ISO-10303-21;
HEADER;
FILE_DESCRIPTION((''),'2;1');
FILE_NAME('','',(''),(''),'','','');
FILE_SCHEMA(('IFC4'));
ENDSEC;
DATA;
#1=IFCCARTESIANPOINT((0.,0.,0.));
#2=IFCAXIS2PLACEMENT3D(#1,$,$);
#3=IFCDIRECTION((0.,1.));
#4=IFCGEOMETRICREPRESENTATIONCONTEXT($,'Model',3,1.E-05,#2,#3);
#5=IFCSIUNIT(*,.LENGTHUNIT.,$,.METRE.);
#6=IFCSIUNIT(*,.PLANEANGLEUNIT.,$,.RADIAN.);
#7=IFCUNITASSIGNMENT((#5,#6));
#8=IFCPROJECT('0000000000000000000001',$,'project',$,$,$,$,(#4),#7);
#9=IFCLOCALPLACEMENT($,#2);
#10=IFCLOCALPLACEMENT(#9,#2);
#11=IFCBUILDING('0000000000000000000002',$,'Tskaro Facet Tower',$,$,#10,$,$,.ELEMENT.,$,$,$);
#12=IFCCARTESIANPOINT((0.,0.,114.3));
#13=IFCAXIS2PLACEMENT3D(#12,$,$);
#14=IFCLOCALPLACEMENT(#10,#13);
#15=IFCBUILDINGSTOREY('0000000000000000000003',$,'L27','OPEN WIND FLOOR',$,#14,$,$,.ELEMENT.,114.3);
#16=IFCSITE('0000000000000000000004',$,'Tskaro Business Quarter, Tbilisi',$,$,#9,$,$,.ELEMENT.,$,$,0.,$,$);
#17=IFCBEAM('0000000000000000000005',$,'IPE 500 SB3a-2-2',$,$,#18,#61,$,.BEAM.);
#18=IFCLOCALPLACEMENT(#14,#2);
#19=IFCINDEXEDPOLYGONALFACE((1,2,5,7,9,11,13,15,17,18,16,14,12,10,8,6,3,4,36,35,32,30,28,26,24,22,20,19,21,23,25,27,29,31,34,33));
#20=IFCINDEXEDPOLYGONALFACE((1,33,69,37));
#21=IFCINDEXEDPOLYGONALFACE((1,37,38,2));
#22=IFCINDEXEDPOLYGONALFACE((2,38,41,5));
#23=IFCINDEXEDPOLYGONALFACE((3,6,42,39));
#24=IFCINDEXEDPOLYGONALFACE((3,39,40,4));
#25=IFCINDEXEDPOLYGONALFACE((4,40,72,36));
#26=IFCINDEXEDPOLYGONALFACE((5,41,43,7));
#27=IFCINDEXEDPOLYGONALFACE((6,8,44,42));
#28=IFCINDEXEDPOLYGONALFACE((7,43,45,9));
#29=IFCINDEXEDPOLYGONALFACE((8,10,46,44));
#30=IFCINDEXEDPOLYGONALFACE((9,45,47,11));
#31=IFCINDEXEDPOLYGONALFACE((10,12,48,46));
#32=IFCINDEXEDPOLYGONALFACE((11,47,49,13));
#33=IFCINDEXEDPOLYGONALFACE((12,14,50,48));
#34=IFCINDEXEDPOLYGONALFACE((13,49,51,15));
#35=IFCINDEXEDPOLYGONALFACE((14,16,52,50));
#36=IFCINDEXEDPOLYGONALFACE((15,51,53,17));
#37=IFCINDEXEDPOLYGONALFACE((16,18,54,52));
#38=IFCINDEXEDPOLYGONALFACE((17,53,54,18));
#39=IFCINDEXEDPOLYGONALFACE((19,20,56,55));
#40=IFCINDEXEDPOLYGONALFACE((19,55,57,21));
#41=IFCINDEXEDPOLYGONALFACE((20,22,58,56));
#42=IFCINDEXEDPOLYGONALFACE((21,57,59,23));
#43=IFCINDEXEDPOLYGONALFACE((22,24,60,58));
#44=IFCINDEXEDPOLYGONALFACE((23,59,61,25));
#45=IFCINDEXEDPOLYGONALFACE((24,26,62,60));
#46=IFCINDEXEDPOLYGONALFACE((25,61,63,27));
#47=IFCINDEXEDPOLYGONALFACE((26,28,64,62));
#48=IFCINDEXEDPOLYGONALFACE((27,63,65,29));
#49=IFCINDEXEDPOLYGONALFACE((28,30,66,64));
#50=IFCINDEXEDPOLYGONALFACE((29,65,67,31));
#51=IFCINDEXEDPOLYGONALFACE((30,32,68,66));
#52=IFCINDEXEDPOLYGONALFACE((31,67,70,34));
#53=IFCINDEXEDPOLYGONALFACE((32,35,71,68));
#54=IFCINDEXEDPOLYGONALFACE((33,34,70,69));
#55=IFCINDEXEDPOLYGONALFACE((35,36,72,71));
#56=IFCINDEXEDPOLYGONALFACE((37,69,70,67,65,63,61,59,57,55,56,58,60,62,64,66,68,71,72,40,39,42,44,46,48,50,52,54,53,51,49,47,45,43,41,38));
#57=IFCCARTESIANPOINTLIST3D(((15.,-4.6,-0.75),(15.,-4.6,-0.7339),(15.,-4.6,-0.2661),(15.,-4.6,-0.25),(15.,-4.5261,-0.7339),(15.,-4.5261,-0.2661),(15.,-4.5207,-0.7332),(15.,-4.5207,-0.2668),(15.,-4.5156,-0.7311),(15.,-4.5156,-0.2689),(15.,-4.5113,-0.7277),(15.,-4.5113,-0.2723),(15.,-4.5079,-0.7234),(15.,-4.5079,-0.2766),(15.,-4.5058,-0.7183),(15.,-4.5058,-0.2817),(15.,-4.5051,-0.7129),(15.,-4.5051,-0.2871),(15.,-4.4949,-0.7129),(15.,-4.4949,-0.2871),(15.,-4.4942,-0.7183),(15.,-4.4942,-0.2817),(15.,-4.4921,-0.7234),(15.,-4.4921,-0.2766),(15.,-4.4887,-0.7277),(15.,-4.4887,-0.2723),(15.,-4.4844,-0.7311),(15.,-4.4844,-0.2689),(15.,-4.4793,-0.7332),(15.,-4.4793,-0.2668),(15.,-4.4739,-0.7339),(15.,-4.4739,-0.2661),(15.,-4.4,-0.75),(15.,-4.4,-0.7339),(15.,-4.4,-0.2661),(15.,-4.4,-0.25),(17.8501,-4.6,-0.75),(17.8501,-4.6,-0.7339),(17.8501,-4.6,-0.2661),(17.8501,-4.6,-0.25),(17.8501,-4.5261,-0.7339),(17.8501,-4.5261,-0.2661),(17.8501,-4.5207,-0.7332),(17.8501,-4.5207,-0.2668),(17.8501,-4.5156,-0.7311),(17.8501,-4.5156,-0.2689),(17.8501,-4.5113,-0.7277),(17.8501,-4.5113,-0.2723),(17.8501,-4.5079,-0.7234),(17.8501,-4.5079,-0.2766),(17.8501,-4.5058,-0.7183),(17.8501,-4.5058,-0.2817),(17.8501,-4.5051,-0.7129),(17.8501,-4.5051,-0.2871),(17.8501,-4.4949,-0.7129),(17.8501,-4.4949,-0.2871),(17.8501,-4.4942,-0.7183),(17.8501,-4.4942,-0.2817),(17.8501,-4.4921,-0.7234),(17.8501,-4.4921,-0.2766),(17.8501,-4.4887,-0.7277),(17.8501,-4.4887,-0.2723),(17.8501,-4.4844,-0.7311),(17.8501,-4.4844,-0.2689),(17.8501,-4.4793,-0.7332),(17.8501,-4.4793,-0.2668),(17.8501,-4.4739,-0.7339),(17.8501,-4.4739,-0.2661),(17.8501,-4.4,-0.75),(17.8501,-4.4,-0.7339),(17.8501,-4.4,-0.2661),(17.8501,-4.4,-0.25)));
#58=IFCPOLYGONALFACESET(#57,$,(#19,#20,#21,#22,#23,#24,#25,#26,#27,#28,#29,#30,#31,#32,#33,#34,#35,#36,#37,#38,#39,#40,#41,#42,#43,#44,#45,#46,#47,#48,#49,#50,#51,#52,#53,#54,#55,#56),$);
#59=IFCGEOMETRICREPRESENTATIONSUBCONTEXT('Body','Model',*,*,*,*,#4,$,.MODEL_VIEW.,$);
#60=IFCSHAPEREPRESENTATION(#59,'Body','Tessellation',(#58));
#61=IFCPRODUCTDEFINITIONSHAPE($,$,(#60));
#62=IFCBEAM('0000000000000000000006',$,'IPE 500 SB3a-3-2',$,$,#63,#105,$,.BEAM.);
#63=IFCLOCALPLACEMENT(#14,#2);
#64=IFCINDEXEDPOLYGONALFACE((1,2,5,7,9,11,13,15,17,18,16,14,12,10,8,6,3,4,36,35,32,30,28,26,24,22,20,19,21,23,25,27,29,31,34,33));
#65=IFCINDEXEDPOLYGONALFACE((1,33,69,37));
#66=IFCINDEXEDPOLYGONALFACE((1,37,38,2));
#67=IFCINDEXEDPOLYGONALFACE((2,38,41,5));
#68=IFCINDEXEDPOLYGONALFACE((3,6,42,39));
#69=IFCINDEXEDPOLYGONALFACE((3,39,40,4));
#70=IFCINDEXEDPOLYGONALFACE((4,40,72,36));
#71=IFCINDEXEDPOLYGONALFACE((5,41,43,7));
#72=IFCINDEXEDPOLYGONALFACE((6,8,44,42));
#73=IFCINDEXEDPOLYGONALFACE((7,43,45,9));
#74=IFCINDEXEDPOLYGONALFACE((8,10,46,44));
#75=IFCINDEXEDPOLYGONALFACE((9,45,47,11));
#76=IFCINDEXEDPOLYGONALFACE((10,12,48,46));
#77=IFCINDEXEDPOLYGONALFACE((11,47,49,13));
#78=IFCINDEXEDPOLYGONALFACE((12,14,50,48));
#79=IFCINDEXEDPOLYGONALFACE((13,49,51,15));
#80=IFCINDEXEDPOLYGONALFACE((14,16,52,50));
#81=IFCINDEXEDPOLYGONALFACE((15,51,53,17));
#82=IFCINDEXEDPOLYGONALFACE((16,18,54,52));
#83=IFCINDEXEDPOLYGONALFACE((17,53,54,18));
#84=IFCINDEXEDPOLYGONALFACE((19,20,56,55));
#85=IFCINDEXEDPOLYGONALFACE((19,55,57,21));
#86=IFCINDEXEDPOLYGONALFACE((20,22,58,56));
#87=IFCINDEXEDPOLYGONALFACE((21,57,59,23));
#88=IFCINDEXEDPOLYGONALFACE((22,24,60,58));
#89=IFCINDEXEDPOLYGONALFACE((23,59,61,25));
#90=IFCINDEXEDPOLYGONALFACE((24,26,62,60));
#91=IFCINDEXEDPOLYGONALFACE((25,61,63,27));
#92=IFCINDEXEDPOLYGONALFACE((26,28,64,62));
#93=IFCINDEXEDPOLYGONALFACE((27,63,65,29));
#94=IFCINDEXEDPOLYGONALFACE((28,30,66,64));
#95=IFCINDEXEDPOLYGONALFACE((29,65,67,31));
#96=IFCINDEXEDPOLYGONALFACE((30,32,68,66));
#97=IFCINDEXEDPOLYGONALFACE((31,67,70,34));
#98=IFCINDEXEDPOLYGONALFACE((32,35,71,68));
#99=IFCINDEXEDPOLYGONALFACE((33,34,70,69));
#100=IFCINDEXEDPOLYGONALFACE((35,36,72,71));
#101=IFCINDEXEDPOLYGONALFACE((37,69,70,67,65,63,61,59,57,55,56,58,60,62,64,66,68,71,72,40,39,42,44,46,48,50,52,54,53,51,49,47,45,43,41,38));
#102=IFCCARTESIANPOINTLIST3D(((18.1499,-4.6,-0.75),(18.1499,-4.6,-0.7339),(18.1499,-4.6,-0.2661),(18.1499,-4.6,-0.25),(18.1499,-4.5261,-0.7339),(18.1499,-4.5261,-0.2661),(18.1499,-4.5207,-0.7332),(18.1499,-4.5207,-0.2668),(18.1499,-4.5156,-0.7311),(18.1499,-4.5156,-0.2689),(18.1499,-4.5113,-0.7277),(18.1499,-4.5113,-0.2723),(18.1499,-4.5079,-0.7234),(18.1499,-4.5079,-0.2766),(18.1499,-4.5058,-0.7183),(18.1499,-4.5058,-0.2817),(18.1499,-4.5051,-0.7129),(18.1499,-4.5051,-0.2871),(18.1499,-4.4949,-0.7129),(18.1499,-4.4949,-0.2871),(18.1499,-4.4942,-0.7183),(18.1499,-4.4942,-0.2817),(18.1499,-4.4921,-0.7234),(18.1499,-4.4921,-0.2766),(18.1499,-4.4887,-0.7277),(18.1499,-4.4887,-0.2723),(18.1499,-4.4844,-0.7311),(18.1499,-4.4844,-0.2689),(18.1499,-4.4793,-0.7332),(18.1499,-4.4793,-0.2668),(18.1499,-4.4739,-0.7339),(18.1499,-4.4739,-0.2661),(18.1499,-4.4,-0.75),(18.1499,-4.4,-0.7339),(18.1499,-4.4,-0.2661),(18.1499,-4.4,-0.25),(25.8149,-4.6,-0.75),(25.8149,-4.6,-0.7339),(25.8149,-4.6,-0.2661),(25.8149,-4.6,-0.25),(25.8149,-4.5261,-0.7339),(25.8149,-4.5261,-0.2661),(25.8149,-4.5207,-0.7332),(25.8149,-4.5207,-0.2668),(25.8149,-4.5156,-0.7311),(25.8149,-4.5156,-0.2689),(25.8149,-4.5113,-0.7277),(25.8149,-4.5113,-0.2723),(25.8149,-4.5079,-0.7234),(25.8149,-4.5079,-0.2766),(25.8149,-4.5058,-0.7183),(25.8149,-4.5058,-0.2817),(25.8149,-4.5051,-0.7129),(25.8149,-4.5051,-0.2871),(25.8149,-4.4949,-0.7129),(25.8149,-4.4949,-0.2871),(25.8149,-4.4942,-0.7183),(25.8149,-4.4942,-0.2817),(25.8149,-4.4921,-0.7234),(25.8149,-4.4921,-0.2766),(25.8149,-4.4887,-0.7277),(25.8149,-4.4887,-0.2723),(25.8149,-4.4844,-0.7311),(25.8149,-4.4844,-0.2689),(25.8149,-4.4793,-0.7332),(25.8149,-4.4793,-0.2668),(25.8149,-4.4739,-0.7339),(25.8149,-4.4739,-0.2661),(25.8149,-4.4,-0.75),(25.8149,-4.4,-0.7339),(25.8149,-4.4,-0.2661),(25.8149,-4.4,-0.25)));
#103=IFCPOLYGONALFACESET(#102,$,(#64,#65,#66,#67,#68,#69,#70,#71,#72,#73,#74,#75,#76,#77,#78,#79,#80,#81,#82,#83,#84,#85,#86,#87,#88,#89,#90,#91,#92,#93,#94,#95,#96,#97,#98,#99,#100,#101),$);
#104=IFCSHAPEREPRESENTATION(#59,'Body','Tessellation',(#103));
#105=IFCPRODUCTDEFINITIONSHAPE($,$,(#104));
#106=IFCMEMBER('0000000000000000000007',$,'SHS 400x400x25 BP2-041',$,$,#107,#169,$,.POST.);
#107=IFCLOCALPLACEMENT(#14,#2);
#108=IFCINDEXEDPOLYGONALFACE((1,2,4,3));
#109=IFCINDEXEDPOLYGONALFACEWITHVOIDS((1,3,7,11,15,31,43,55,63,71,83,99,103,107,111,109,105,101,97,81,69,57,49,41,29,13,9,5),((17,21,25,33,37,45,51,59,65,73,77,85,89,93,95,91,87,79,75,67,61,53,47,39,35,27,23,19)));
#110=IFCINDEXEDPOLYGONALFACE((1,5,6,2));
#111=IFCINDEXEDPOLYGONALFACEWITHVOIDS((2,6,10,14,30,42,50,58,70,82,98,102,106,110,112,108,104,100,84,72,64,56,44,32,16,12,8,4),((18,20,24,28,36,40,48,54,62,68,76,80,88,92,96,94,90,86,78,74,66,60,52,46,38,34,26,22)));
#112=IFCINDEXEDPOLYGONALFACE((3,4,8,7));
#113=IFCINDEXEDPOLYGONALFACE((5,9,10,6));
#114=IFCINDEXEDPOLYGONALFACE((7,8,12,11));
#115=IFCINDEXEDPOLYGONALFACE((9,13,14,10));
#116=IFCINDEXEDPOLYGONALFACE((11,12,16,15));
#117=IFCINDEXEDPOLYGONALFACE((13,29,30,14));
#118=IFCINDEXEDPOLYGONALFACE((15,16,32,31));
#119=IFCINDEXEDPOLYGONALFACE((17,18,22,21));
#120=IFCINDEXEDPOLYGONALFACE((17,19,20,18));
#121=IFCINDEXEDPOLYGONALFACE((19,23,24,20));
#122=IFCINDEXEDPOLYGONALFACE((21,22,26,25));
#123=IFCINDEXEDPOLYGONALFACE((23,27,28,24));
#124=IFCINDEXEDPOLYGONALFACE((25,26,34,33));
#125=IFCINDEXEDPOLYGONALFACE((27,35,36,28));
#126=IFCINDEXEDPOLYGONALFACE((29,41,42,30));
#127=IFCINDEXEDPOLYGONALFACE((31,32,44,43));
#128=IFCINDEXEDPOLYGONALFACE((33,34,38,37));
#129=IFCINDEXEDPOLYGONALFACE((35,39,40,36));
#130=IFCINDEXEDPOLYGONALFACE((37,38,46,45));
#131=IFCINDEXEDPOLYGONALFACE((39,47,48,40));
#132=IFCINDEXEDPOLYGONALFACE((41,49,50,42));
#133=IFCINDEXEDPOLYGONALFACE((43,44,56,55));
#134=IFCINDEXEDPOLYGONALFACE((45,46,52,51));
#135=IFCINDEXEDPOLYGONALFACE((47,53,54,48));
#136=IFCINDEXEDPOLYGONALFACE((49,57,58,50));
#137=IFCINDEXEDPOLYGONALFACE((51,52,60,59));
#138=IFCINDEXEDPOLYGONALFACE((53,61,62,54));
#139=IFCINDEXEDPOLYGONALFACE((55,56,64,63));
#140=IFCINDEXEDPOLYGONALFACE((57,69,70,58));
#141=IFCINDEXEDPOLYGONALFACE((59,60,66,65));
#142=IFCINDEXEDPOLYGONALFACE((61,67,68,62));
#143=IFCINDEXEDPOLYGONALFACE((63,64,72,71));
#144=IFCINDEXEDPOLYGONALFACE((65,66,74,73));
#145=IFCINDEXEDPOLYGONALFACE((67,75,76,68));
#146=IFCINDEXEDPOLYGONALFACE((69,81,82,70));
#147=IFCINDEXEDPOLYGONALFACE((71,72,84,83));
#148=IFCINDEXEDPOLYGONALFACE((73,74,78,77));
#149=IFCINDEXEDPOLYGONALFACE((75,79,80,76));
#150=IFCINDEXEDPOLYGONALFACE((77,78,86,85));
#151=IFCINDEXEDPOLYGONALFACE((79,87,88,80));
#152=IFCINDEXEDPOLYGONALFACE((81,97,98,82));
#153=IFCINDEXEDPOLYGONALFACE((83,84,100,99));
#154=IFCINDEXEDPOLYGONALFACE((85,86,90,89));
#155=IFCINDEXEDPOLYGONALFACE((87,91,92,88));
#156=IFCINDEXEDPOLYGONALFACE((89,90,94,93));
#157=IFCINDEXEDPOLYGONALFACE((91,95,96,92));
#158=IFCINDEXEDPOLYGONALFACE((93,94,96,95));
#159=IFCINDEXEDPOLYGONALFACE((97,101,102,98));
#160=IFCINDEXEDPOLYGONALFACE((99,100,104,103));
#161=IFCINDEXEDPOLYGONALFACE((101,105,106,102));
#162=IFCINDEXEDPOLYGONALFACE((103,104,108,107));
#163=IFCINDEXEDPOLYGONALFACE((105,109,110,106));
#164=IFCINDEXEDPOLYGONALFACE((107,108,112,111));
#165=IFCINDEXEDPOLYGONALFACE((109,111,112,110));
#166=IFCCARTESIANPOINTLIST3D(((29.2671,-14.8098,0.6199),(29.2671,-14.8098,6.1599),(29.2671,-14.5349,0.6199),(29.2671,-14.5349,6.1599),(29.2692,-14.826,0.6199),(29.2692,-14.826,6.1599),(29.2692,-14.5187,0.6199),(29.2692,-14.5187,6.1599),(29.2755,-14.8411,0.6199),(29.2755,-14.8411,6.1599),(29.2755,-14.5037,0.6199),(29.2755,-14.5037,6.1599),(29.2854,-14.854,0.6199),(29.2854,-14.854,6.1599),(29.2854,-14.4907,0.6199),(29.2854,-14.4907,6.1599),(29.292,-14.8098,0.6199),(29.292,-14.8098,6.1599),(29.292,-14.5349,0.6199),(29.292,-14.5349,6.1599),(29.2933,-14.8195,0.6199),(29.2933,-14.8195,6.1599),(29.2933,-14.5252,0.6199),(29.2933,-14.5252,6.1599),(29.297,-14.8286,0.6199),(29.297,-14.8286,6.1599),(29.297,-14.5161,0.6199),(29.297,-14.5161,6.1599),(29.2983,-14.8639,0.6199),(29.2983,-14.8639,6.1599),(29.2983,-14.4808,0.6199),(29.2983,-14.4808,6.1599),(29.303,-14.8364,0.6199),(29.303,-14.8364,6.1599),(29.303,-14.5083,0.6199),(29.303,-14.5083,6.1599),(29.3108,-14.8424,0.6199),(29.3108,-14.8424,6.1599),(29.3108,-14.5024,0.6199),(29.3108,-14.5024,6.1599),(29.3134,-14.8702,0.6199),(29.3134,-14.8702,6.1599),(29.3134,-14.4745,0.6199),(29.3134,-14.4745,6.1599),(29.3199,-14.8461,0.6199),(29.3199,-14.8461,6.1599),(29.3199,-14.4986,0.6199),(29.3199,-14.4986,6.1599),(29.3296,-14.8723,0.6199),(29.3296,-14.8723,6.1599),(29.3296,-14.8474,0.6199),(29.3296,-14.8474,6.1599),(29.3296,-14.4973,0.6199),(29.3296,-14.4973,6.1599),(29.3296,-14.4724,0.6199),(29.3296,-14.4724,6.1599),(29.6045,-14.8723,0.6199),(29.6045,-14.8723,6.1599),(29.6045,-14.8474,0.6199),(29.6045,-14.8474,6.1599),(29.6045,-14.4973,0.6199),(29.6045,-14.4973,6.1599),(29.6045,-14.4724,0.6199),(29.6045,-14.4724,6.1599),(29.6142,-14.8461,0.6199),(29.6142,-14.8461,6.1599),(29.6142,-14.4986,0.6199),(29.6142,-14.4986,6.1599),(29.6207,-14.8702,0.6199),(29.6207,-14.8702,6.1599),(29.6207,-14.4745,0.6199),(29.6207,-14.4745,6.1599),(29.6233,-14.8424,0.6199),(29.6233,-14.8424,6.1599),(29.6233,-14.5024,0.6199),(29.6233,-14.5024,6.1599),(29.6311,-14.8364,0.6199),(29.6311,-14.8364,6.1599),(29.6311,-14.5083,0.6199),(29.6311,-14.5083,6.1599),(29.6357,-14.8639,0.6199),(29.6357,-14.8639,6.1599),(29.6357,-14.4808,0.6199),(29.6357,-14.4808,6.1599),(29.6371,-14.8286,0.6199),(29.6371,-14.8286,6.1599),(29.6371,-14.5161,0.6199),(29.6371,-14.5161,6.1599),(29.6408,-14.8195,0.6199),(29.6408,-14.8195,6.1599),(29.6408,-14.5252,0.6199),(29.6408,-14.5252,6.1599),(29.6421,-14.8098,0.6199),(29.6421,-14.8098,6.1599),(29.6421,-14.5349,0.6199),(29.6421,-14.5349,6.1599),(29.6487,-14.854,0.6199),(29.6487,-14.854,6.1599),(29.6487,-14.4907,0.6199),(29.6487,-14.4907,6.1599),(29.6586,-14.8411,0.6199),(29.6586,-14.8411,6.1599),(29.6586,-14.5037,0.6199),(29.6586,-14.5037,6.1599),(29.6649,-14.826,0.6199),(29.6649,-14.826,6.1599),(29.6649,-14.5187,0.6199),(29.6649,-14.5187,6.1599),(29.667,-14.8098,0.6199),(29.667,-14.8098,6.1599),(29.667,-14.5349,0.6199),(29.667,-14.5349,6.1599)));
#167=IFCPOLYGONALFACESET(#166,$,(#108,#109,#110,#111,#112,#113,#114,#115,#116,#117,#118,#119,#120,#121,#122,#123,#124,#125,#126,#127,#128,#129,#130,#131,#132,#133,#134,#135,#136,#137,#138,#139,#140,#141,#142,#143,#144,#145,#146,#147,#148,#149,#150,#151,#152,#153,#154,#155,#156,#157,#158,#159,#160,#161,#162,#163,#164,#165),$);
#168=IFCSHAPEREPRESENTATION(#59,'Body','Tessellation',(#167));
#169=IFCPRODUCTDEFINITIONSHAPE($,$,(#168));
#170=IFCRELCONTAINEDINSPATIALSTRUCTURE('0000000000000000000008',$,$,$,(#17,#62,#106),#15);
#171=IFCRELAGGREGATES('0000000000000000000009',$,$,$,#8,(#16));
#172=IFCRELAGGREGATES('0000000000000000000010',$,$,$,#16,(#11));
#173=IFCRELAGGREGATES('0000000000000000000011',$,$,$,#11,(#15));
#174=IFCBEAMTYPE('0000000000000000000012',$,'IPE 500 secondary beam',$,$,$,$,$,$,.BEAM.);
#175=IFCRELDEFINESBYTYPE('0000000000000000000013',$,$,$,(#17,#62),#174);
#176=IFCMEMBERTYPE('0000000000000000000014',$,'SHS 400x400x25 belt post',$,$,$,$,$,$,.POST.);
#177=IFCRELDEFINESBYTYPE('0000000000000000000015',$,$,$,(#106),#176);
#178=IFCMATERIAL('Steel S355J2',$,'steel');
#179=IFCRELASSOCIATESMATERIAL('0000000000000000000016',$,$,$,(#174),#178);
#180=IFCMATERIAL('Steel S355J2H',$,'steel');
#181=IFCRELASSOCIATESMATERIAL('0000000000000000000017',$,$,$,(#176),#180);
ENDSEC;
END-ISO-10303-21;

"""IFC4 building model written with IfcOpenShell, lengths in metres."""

from ifc_helpers import new_model, si_unit, direction, frame, origin, origin_2d, place, context, subcontext, project, spatial, hollow_rectangle, i_section, extrude, material, material_profile, profile_set, type_object, element, save


model = new_model("IFC4")

# Units and contexts
model_context = context("Model", 3, precision=1e-05, world=origin(), true_north=direction((0.0, 1.0)))
body_context = subcontext(model_context, "Body", "Model", "MODEL_VIEW")
ifc_project = project(units=[si_unit("LENGTHUNIT", "METRE"), si_unit("PLANEANGLEUNIT", "RADIAN")], contexts=[model_context])

# Site, building, storey
site_placement = place(None, origin())
site = spatial("IfcSite", under=ifc_project, at=site_placement, Name="Tskaro Business Quarter, Tbilisi", CompositionType="ELEMENT", RefElevation=0.0)
building_placement = place(site_placement, origin())
building = spatial("IfcBuilding", under=site, at=building_placement, Name="Tskaro Facet Tower", CompositionType="ELEMENT")
storey_placement = place(building_placement, frame((0.0, 0.0, 114.3)))
storey = spatial("IfcBuildingStorey", under=building, at=storey_placement, Name="L27", Description="OPEN WIND FLOOR", CompositionType="ELEMENT", Elevation=114.3)

# Shared definitions
ifc_material_1 = material(Name="Steel S355J2H", Category="steel")

# Shared definitions
ifc_material_2 = material(Name="Steel S355J2", Category="steel")

# Beams
ifc_material_profile_1 = material_profile(ifc_material_2, i_section(OverallWidth=0.2, OverallDepth=0.5, WebThickness=0.0103, FlangeThickness=0.0161, FilletRadius=0.021, at=origin_2d()), Name="IPE 500")
ifc_profile_set_1 = profile_set([ifc_material_profile_1], Name="Steel S355J2")
beam_type_1 = type_object("IfcBeamType", Name="IPE 500 secondary beam", PredefinedType="BEAM", material=ifc_profile_set_1)
beam_1_placement = place(storey_placement, frame((15.0, -4.5, -0.5), z_axis=(1.0, 0.0, 0.0), x_axis=(0.0, 1.0, 0.0)))
element("IfcBeam", 1, at=beam_1_placement, inside=storey, type_object=beam_type_1, Name="IPE 500 SB3a-2-2", PredefinedType="BEAM", context=body_context, shape_type="SweptSolid", body=[
    extrude(i_section(OverallWidth=0.2, OverallDepth=0.5, WebThickness=0.0103, FlangeThickness=0.0161, FilletRadius=0.021, at=origin_2d()), origin(), (0.0, 0.0, 1.0), 2.8501),
])
beam_2_placement = place(storey_placement, frame((18.1499, -4.5, -0.5), z_axis=(1.0, 0.0, 0.0), x_axis=(0.0, 1.0, 0.0)))
element("IfcBeam", 2, at=beam_2_placement, inside=storey, type_object=beam_type_1, Name="IPE 500 SB3a-3-2", PredefinedType="BEAM", context=body_context, shape_type="SweptSolid", body=[
    extrude(i_section(OverallWidth=0.2, OverallDepth=0.5, WebThickness=0.0103, FlangeThickness=0.0161, FilletRadius=0.021, at=origin_2d()), origin(), (0.0, 0.0, 1.0), 7.665),
])

# Member
ifc_material_profile_2 = material_profile(ifc_material_1, hollow_rectangle(XDim=0.3999, YDim=0.3999, WallThickness=0.0249, InnerFilletRadius=0.0376, OuterFilletRadius=0.0625, at=origin_2d()), Name="SHS 400x400x25")
ifc_profile_set_2 = profile_set([ifc_material_profile_2], Name="Steel S355J2H")
member_type_1 = type_object("IfcMemberType", Name="SHS 400x400x25 belt post", PredefinedType="POST", material=ifc_profile_set_2)
for number, where, z_axis, x_axis, name in (
    (3, (29.467, -14.6724, 0.6199), (0.0, 0.0, 1.0), (1.0, 0.0, 0.0), "SHS 400x400x25 BP2-041"),
):
    element("IfcMember", number, at=place(storey_placement, frame(where, z_axis=z_axis, x_axis=x_axis)), inside=storey, type_object=member_type_1, Name=name, PredefinedType="POST", context=body_context, shape_type="SweptSolid", body=[
        extrude(hollow_rectangle(XDim=0.3999, YDim=0.3999, WallThickness=0.0249, InnerFilletRadius=0.0376, OuterFilletRadius=0.0625, at=origin_2d()), origin(), (0.0, 0.0, 1.0), 5.54),
    ])

save(model, "model.ifc")
